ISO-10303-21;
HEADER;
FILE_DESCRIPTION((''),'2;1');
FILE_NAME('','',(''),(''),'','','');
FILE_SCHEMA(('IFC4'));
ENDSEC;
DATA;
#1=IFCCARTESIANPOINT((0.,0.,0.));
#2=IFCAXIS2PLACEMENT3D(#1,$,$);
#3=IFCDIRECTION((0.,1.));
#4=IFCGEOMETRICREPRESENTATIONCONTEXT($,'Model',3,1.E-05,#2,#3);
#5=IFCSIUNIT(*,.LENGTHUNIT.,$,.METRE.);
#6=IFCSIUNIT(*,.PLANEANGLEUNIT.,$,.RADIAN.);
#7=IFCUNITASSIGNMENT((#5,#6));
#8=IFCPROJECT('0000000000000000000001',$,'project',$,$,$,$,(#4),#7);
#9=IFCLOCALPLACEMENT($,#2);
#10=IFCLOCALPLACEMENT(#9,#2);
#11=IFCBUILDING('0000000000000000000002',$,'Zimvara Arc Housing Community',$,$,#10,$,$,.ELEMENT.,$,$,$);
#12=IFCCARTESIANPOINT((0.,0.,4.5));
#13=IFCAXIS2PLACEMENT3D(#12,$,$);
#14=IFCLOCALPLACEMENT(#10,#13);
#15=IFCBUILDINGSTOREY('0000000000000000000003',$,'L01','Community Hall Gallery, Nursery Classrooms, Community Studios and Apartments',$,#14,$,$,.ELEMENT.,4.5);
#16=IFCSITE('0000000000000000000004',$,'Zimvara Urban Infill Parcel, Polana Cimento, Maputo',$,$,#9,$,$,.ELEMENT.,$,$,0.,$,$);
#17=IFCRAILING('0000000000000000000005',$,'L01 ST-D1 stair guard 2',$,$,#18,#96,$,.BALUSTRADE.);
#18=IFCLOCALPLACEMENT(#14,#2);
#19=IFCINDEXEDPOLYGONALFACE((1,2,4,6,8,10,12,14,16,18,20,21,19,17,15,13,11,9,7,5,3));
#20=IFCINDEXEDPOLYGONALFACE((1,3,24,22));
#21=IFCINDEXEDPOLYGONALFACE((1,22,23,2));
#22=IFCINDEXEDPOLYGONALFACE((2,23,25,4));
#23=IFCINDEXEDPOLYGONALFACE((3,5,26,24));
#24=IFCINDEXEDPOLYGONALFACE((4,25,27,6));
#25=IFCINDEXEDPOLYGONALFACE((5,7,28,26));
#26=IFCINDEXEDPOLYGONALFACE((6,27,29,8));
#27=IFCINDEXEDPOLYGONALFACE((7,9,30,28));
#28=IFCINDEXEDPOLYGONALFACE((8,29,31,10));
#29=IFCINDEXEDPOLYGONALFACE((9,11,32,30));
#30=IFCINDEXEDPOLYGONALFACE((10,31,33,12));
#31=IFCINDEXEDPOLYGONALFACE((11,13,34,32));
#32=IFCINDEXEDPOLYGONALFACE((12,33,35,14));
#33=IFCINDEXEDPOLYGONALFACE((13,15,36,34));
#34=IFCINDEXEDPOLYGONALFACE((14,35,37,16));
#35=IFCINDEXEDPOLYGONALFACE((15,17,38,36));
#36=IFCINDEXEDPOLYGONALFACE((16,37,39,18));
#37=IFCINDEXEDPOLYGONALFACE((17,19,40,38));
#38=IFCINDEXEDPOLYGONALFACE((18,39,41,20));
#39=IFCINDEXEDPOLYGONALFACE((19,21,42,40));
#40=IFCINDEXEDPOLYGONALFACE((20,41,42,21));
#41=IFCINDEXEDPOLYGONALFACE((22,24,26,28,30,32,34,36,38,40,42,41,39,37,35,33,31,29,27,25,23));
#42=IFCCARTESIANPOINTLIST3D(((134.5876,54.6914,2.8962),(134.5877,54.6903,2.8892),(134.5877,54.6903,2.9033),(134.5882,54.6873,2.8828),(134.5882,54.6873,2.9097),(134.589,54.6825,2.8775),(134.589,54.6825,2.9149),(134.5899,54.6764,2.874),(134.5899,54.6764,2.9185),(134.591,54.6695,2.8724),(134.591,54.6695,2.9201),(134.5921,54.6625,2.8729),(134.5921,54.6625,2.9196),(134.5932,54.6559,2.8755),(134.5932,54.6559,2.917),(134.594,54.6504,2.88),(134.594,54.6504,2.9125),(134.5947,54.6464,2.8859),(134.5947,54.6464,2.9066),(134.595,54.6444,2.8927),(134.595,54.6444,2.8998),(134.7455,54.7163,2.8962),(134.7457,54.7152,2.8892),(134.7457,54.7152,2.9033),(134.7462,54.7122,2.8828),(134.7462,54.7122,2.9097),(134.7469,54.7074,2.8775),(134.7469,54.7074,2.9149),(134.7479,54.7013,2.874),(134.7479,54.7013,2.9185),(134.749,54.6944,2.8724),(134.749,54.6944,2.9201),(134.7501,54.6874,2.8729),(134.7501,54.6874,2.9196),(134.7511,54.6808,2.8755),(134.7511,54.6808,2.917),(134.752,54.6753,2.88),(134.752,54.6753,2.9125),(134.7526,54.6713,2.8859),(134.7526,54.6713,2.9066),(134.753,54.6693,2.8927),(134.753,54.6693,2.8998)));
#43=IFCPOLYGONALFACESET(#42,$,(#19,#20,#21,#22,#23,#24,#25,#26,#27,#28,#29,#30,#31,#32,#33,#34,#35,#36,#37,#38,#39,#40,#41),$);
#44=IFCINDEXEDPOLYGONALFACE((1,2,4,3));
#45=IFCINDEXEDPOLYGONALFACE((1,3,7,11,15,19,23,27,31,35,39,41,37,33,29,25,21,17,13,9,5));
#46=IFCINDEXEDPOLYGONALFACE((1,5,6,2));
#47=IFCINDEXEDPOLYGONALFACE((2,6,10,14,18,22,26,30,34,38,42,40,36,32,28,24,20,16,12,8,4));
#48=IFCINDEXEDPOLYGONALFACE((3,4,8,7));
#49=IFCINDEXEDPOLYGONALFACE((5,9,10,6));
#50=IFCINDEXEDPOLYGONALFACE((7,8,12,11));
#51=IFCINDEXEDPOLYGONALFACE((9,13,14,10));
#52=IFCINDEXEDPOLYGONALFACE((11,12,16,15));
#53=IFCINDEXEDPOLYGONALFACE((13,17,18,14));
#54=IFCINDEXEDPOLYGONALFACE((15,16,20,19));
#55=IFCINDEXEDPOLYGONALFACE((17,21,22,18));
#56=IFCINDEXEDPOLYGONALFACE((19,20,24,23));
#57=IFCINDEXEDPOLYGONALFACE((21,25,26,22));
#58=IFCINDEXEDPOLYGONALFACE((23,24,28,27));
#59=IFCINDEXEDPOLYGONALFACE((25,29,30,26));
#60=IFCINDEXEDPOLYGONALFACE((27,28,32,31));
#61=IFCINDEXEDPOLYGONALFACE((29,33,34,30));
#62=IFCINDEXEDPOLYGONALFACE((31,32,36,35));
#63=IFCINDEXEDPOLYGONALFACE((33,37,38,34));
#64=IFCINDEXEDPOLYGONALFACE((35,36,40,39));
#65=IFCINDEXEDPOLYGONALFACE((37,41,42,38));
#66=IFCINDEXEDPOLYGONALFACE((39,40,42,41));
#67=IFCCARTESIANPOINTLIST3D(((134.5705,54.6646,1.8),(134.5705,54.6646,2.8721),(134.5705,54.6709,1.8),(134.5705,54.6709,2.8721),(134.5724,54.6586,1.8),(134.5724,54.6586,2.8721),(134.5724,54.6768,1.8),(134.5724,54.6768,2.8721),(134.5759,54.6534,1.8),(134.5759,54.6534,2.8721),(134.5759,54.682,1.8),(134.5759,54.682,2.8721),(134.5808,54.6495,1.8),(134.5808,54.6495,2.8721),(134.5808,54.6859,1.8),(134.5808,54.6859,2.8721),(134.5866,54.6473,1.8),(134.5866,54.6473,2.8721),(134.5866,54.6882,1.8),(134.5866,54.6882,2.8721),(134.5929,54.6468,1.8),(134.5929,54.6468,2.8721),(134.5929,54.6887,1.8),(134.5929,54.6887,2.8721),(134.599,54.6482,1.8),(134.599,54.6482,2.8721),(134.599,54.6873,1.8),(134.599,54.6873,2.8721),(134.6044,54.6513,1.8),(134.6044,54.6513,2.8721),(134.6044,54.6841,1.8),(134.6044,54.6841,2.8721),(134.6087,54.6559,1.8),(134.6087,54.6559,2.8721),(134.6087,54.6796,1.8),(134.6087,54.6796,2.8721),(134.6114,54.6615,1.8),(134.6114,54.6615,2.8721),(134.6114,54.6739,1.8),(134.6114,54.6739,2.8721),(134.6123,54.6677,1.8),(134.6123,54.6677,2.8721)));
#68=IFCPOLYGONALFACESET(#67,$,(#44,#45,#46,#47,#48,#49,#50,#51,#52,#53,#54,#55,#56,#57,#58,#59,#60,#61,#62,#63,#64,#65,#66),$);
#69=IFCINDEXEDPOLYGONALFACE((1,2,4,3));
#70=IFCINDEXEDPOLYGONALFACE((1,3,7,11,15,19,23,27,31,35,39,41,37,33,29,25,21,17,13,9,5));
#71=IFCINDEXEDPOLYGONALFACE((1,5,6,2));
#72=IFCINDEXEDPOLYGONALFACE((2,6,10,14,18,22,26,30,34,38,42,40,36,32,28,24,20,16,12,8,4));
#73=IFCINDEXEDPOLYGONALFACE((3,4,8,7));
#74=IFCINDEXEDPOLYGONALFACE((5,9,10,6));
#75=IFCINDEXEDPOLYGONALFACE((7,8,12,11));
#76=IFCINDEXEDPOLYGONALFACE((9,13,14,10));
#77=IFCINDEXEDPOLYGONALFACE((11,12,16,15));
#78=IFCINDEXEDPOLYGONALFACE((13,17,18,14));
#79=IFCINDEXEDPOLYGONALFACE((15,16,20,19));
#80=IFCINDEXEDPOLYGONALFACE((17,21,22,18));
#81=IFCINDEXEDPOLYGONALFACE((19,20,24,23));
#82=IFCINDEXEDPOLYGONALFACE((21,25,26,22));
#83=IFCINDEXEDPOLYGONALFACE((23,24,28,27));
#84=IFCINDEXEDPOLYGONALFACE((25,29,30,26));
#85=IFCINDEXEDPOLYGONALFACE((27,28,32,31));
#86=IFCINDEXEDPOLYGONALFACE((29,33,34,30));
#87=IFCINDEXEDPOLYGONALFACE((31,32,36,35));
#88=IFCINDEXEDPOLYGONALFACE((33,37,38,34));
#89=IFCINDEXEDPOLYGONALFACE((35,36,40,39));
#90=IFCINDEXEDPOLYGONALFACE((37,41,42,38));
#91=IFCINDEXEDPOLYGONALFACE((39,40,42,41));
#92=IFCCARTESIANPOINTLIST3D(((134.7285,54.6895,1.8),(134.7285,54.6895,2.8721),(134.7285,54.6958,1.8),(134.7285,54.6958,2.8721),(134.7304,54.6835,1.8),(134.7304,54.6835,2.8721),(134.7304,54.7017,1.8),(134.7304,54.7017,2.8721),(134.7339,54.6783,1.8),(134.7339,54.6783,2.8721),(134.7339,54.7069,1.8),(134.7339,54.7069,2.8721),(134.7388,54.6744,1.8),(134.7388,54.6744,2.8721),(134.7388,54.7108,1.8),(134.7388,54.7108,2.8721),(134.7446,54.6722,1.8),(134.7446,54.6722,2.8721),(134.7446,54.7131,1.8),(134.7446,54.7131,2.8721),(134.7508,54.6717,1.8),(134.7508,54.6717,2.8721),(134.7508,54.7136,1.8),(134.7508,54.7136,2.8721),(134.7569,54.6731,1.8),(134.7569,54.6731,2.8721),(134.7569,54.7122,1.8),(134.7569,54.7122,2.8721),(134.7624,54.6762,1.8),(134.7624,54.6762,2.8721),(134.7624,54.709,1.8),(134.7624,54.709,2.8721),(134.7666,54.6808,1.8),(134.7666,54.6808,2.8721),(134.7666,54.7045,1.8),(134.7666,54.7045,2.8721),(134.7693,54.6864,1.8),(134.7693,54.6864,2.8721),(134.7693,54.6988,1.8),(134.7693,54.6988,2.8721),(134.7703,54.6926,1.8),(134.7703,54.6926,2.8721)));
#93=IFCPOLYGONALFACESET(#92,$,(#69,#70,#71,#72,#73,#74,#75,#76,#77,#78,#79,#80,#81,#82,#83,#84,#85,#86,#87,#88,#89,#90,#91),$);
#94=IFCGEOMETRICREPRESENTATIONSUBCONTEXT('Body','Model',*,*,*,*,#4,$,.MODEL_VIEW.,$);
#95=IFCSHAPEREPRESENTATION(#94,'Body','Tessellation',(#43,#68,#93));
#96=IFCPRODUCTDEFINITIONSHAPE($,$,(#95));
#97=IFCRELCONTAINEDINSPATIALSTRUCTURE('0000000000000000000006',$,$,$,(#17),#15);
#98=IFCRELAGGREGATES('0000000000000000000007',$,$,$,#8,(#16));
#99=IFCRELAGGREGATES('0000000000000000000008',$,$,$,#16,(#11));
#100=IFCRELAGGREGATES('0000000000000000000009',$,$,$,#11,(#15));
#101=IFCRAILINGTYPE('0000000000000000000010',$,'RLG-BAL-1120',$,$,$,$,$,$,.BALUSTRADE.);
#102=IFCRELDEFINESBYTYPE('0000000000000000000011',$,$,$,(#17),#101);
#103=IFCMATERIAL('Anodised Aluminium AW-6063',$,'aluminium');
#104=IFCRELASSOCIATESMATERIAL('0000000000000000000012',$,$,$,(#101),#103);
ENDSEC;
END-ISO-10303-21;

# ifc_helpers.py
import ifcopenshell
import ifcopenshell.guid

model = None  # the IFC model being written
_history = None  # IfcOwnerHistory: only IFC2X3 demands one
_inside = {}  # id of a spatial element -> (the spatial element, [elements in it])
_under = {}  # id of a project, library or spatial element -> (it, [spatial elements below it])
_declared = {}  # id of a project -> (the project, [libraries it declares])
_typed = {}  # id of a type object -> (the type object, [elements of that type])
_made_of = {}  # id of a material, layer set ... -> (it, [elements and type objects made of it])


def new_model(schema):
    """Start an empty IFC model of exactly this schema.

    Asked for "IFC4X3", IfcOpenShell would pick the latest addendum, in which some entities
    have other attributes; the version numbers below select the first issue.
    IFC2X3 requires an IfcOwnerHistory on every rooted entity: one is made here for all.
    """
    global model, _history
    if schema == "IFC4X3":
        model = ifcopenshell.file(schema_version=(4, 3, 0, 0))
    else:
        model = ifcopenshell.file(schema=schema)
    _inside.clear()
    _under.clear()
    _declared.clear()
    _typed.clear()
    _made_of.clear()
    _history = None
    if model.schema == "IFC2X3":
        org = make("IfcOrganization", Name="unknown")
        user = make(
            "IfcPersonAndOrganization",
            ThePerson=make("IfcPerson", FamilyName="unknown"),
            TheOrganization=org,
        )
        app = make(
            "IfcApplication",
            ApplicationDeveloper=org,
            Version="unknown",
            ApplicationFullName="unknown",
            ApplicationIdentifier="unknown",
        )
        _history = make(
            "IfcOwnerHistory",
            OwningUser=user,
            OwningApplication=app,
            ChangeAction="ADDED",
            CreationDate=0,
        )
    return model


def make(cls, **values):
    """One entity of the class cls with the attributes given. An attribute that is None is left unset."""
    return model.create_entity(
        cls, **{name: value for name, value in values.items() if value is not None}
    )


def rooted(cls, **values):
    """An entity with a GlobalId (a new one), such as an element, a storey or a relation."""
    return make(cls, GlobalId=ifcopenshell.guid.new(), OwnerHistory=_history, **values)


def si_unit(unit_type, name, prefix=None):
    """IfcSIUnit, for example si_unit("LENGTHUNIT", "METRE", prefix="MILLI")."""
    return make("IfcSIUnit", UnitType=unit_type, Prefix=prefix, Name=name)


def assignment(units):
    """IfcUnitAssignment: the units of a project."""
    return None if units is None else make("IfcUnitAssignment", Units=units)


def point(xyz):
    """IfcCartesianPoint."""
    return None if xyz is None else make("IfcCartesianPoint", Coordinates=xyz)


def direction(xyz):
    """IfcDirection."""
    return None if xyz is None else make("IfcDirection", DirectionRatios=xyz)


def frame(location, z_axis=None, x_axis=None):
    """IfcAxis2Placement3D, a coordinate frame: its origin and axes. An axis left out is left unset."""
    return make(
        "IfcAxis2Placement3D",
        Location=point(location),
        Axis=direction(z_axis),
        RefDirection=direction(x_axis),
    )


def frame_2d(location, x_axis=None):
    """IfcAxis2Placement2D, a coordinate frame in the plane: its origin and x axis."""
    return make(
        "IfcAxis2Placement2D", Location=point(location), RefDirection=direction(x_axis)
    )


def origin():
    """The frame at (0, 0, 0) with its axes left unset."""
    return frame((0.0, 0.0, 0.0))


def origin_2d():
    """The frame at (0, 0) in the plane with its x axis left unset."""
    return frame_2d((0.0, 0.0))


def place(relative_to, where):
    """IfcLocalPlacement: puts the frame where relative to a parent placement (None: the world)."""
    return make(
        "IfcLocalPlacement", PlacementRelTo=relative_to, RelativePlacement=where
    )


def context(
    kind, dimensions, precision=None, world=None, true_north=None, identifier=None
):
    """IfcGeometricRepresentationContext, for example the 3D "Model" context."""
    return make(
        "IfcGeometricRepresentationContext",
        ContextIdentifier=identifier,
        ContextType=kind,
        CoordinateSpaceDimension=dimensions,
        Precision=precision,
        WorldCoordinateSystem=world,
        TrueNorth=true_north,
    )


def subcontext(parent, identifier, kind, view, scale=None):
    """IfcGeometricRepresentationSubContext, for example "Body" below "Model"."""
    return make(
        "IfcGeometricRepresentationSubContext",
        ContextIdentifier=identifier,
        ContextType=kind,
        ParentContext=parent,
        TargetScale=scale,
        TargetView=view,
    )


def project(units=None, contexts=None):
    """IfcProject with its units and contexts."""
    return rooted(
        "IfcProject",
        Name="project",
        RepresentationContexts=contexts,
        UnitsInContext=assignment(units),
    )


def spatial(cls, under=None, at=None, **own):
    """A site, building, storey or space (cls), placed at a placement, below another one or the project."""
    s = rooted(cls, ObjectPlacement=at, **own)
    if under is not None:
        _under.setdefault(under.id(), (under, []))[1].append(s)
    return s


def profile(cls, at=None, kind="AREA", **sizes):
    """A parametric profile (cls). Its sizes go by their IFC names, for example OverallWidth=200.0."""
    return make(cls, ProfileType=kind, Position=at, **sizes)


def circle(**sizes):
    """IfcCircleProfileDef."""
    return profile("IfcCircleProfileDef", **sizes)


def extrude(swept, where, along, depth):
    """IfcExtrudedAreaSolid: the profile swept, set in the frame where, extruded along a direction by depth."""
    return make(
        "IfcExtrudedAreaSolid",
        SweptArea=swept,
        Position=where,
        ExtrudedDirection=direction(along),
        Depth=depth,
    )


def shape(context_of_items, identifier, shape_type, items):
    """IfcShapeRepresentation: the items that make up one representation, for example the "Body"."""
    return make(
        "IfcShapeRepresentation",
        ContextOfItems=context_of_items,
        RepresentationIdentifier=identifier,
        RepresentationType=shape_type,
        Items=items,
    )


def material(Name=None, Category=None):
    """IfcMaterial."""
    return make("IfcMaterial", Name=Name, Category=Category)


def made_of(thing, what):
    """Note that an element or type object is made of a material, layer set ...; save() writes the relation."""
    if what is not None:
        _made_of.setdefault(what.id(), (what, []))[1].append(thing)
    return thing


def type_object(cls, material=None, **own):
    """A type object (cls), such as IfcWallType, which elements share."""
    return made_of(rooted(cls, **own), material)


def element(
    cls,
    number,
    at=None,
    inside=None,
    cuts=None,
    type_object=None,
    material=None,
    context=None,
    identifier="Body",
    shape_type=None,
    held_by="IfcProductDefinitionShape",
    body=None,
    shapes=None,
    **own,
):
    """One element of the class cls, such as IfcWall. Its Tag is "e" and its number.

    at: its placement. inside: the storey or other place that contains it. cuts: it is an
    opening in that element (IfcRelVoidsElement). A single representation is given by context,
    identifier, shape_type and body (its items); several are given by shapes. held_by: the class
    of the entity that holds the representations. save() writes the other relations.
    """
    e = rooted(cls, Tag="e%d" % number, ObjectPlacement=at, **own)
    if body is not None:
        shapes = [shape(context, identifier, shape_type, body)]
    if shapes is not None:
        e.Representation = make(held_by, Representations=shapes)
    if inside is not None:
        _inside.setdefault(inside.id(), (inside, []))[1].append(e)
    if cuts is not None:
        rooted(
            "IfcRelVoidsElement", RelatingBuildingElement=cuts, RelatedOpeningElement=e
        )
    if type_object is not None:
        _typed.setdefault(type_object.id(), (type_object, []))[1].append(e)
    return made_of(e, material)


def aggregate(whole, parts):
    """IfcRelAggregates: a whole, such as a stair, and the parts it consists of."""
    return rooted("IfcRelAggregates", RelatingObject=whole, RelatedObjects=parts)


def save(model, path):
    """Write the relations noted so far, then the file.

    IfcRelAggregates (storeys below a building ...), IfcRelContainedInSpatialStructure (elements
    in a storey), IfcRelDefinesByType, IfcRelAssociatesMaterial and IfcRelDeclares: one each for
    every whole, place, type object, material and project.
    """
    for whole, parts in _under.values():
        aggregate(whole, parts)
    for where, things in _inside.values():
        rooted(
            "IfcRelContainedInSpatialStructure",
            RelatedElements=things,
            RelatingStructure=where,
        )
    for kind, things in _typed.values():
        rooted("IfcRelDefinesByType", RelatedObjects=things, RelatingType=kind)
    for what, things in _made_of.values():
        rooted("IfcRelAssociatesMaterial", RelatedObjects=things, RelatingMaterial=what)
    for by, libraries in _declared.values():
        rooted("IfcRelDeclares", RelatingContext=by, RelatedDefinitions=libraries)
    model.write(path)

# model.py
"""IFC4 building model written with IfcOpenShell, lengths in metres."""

from ifc_helpers import new_model, si_unit, direction, frame, origin, origin_2d, place, context, subcontext, project, spatial, circle, extrude, material, type_object, element, save


model = new_model("IFC4")

# Units and contexts
model_context = context("Model", 3, precision=1e-05, world=origin(), true_north=direction((0.0, 1.0)))
body_context = subcontext(model_context, "Body", "Model", "MODEL_VIEW")
ifc_project = project(units=[si_unit("LENGTHUNIT", "METRE"), si_unit("PLANEANGLEUNIT", "RADIAN")], contexts=[model_context])

# Site, building, storey
site_placement = place(None, origin())
site = spatial("IfcSite", under=ifc_project, at=site_placement, Name="Zimvara Urban Infill Parcel, Polana Cimento, Maputo", CompositionType="ELEMENT", RefElevation=0.0)
building_placement = place(site_placement, origin())
building = spatial("IfcBuilding", under=site, at=building_placement, Name="Zimvara Arc Housing Community", CompositionType="ELEMENT")
storey_placement = place(building_placement, frame((0.0, 0.0, 4.5)))
storey = spatial("IfcBuildingStorey", under=building, at=storey_placement, Name="L01", Description="Community Hall Gallery, Nursery Classrooms, Community Studios and Apartments", CompositionType="ELEMENT", Elevation=4.5)

# Railing
ifc_material_1 = material(Name="Anodised Aluminium AW-6063", Category="aluminium")
railing_type_1 = type_object("IfcRailingType", Name="RLG-BAL-1120", PredefinedType="BALUSTRADE", material=ifc_material_1)
railing_1_placement = place(storey_placement, frame((134.5913, 54.6677, 1.8)))
element("IfcRailing", 1, at=railing_1_placement, inside=storey, type_object=railing_type_1, Name="L01 ST-D1 stair guard 2", PredefinedType="BALUSTRADE", context=body_context, shape_type="SweptSolid", body=[
    extrude(circle(Radius=0.0239, at=origin_2d()), frame((0.0, 0.0, 1.0962), z_axis=(0.9878, 0.155727, 0.0), x_axis=(-0.155727, 0.9878, 0.0)), (0.0, 0.0, 1.0), 0.1599),
    extrude(circle(Radius=0.021, at=origin_2d()), origin(), (0.0, 0.0, 1.0), 1.072),
    extrude(circle(Radius=0.021, at=origin_2d()), frame((0.158, 0.0249, 0.0)), (0.0, 0.0, 1.0), 1.072),
])

save(model, "model.ifc")
